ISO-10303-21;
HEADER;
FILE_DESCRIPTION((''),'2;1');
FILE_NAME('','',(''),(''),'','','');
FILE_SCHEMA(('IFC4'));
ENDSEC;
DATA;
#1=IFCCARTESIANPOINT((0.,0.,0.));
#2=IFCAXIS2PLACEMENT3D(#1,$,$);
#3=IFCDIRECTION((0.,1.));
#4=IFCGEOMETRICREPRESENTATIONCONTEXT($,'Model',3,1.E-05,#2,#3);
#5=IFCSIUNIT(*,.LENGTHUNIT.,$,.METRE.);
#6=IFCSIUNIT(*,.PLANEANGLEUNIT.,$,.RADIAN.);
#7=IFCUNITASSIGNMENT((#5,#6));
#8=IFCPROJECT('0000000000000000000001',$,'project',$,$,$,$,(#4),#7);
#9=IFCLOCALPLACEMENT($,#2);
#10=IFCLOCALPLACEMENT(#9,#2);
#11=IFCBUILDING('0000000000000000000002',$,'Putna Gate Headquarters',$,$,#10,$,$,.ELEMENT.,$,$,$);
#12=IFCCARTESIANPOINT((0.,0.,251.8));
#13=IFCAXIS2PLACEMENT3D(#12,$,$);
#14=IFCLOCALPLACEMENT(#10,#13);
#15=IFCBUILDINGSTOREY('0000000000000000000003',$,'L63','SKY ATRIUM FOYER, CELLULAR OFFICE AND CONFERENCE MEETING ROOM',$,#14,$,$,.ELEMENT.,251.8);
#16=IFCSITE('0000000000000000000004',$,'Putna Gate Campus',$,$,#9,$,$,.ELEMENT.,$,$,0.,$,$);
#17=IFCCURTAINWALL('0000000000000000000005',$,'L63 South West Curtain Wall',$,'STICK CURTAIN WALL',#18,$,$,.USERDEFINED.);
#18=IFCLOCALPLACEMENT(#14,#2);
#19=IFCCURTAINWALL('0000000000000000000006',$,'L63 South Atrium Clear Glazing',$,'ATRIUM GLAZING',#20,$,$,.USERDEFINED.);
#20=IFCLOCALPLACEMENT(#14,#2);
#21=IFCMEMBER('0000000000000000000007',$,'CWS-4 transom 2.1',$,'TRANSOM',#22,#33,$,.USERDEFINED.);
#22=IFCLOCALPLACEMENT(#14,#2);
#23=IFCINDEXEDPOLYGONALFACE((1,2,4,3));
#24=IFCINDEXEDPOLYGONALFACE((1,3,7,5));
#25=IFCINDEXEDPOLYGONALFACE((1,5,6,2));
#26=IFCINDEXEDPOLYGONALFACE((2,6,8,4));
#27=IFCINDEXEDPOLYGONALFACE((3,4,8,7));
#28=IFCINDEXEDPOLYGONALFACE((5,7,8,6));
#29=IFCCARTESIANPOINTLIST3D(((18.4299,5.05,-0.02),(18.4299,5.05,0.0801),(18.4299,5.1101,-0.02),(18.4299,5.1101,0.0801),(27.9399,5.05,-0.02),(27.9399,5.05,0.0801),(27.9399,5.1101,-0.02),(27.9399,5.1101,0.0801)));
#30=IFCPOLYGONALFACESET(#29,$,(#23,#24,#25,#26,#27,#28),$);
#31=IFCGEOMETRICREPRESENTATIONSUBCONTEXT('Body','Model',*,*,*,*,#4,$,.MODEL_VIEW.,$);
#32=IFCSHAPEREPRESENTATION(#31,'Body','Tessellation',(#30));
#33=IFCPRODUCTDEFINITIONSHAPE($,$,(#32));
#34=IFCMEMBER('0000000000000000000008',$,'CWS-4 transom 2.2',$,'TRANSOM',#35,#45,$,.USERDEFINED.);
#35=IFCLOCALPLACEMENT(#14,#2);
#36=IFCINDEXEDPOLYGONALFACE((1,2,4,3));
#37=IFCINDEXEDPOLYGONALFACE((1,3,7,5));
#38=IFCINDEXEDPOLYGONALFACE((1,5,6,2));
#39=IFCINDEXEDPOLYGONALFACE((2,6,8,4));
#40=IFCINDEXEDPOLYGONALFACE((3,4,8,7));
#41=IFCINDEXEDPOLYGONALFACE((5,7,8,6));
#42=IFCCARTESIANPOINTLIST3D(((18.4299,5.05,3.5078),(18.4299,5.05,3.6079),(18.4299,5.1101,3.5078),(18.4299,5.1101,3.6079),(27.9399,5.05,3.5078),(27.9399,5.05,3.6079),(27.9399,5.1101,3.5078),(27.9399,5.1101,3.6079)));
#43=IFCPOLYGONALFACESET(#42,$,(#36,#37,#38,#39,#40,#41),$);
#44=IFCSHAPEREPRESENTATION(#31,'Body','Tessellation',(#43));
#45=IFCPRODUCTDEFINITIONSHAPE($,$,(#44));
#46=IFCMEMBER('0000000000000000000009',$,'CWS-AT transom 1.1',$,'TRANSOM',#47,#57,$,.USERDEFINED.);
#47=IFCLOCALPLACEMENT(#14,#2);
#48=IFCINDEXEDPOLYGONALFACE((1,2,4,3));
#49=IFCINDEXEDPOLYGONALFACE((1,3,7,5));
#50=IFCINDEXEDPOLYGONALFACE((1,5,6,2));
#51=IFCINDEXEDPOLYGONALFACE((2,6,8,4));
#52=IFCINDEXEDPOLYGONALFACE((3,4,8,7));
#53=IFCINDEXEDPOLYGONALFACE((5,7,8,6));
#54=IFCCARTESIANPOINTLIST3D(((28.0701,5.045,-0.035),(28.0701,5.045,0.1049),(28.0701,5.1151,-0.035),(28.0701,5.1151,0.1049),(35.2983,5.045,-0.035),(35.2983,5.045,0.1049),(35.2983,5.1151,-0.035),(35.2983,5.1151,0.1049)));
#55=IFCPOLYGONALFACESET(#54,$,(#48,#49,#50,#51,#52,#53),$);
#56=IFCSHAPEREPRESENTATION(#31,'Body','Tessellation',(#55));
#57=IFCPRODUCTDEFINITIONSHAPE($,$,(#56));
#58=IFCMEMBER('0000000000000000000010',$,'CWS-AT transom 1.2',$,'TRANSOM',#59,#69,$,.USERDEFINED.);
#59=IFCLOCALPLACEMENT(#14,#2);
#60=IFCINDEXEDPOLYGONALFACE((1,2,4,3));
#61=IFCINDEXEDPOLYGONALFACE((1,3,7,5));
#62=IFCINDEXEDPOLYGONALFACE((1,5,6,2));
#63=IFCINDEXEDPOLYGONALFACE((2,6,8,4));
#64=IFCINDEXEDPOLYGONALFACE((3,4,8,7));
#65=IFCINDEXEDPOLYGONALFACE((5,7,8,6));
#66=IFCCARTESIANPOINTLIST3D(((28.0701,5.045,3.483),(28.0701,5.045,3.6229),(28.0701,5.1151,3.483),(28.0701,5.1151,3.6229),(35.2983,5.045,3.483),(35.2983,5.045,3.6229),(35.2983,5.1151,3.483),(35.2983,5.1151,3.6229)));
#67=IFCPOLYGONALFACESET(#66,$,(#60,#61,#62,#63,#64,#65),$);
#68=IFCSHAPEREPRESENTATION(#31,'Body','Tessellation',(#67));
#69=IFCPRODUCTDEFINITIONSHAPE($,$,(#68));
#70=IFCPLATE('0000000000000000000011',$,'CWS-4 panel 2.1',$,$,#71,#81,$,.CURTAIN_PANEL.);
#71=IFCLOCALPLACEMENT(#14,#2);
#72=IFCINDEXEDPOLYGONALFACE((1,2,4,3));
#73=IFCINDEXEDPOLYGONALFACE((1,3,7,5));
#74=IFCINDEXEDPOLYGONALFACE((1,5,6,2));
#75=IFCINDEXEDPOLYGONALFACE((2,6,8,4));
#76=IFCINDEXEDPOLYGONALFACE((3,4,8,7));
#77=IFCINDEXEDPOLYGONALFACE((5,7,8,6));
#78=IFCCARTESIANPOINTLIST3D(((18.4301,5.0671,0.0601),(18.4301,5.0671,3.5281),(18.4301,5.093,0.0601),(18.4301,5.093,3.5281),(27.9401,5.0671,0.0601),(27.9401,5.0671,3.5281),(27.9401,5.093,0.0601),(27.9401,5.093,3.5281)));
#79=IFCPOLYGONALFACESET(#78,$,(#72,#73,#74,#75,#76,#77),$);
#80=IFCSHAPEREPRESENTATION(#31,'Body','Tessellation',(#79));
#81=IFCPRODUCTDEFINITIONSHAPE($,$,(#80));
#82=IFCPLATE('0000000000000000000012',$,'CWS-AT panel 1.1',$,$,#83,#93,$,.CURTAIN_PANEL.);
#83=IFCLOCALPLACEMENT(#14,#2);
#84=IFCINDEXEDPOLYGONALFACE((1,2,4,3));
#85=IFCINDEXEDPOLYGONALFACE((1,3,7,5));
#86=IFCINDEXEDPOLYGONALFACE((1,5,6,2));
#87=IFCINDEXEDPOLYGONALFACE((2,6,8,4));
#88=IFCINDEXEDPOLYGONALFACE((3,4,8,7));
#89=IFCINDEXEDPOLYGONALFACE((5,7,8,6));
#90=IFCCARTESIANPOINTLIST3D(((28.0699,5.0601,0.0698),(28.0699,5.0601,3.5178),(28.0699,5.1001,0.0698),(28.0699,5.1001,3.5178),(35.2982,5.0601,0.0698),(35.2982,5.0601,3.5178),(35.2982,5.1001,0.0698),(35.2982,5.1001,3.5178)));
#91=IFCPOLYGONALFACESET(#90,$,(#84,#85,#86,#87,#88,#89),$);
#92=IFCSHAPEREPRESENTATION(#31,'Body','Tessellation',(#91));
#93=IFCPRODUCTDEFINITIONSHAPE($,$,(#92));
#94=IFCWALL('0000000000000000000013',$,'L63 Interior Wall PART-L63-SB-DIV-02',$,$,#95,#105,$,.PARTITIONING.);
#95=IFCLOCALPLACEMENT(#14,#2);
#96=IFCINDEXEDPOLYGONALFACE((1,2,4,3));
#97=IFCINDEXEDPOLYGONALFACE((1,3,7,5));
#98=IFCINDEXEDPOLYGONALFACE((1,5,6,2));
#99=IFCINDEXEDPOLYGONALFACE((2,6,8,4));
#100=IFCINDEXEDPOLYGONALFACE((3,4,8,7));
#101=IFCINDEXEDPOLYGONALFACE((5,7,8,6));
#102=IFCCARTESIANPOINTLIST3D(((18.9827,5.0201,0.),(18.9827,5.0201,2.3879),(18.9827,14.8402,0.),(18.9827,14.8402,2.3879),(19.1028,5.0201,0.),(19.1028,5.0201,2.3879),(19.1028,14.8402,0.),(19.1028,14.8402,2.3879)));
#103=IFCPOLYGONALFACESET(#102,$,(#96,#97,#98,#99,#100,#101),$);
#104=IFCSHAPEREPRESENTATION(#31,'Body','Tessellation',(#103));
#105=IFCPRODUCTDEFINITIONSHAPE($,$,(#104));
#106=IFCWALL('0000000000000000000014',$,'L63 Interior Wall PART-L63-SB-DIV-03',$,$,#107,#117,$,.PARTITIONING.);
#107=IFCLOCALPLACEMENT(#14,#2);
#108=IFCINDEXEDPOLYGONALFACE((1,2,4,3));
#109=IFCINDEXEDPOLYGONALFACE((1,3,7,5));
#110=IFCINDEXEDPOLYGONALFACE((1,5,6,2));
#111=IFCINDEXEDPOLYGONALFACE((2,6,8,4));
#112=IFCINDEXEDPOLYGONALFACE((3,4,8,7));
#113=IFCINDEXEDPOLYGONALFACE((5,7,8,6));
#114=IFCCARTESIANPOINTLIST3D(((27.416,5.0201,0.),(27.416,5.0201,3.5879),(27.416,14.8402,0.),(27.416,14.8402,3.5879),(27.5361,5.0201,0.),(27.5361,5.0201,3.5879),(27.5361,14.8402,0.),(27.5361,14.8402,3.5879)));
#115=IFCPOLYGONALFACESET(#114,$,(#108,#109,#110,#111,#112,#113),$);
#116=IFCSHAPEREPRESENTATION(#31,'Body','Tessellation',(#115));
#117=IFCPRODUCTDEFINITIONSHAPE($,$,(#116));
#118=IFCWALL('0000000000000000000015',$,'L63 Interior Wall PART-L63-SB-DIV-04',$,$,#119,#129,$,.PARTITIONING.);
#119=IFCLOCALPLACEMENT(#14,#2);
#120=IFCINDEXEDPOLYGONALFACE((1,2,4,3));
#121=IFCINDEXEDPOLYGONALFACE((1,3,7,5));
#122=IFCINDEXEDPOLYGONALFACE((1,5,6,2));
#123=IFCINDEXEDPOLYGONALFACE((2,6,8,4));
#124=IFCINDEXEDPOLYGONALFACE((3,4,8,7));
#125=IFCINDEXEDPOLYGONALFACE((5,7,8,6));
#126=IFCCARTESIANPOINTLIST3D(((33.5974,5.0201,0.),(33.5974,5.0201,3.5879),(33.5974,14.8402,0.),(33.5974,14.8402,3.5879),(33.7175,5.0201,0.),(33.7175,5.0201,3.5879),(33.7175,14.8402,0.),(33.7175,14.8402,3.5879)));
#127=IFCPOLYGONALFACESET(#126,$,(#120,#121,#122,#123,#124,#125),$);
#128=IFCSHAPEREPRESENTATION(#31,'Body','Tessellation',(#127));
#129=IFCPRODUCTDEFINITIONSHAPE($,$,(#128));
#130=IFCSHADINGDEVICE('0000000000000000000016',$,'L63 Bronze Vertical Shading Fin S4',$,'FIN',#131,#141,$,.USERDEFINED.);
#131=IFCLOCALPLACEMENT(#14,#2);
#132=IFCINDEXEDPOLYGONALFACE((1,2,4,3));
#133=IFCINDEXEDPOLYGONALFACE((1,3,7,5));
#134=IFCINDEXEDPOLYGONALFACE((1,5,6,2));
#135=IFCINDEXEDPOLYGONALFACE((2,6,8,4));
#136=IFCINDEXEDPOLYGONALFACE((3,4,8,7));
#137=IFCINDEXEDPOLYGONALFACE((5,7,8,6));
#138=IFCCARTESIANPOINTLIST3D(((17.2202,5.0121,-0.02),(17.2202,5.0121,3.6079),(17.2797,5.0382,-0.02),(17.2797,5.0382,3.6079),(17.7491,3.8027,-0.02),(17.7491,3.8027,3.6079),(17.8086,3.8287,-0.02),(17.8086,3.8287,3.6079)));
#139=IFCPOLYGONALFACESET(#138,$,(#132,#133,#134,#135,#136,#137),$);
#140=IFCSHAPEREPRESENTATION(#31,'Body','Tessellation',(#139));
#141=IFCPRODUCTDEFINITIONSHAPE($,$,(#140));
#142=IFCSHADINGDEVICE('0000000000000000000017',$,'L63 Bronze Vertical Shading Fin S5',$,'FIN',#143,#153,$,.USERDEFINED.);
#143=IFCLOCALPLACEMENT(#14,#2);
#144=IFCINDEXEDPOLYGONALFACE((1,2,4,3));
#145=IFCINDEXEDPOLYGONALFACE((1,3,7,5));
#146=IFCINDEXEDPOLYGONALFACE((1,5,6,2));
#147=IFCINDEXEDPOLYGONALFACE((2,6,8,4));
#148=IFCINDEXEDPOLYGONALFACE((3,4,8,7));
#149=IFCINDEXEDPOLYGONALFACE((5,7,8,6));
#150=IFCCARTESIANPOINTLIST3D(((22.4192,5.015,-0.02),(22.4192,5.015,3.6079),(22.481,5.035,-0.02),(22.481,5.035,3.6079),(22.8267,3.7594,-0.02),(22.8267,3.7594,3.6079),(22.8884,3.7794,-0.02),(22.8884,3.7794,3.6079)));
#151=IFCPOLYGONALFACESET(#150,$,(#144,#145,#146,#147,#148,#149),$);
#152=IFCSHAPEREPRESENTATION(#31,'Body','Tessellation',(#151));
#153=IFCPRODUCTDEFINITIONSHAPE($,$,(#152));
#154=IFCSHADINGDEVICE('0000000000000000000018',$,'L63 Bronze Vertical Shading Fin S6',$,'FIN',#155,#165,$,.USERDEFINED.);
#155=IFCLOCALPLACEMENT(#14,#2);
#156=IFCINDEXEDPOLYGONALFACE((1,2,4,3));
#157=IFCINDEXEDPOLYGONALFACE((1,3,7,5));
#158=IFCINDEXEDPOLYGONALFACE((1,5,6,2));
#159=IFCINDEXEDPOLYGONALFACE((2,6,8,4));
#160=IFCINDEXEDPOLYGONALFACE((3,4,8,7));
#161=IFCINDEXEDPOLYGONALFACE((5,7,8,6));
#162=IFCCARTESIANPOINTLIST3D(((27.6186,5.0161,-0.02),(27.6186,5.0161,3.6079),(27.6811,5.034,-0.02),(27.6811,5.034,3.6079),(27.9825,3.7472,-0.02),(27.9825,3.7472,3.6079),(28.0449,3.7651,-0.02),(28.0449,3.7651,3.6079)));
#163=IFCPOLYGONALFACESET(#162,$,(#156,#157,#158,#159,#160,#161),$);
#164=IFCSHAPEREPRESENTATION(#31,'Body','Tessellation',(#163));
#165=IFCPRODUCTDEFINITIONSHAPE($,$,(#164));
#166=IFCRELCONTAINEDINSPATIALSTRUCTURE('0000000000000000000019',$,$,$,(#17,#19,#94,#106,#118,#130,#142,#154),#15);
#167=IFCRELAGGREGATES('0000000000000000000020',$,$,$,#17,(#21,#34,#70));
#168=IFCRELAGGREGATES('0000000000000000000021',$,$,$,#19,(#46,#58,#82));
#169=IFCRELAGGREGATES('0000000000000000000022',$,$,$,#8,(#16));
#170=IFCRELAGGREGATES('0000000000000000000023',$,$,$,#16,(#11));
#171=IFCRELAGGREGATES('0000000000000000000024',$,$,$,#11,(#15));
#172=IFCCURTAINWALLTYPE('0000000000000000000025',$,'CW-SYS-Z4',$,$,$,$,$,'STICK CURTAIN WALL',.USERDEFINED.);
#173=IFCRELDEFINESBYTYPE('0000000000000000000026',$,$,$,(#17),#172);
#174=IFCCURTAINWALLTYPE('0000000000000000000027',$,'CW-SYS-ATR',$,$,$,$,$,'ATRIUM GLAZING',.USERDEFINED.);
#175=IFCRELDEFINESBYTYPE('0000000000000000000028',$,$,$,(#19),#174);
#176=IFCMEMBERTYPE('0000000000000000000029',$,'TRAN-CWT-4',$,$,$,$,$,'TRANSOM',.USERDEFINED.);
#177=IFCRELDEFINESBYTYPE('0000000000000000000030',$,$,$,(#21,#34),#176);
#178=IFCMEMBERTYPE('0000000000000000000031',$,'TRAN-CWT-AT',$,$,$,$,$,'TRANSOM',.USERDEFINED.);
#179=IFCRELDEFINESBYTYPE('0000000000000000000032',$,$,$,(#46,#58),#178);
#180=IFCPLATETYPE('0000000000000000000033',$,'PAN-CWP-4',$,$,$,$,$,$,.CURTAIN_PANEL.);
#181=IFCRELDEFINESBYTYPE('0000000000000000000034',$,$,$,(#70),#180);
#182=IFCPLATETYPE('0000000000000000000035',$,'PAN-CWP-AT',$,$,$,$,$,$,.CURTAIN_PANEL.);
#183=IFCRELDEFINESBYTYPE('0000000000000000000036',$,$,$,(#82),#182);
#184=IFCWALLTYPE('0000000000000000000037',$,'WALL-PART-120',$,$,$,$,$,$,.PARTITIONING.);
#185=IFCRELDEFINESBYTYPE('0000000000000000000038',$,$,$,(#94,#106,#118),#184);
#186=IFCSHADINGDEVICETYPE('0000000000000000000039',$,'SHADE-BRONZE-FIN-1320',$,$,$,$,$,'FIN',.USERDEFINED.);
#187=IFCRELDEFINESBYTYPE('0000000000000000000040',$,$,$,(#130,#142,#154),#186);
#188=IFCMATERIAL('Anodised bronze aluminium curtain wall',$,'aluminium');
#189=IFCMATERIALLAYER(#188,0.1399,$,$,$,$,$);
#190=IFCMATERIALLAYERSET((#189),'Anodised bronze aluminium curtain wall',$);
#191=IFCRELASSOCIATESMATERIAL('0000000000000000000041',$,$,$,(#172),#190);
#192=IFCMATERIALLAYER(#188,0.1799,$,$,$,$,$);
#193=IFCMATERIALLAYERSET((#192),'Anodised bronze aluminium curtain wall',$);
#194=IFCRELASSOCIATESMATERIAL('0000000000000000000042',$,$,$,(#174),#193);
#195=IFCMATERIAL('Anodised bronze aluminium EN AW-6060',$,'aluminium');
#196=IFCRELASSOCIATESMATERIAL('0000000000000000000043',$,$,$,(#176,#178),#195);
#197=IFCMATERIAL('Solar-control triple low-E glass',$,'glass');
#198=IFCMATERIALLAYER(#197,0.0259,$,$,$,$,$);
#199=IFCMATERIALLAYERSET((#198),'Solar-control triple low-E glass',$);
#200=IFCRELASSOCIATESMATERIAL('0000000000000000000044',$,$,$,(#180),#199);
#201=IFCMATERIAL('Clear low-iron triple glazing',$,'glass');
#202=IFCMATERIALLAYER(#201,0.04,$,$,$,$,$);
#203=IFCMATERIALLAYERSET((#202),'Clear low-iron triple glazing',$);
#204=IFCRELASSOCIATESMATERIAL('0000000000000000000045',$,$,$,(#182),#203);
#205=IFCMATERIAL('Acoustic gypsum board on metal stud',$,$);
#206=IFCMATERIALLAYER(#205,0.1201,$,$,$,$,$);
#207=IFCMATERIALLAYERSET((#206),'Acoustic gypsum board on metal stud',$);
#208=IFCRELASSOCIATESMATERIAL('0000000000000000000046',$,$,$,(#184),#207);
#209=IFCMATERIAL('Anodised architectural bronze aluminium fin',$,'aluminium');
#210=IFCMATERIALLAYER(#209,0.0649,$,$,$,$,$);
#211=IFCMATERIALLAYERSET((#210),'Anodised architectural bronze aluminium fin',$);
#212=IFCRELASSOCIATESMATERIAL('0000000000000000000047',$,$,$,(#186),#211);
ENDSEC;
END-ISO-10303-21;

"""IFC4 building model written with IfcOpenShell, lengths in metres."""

from ifc_helpers import new_model, si_unit, direction, frame, frame_2d, origin, origin_2d, place, context, subcontext, project, spatial, rectangle, extrude, material, layer, layer_set, material_profile, profile_set, type_object, element, aggregate, save


model = new_model("IFC4")

# Units and contexts
model_context = context("Model", 3, precision=1e-05, world=origin(), true_north=direction((0.0, 1.0)))
body_context = subcontext(model_context, "Body", "Model", "MODEL_VIEW")
ifc_project = project(units=[si_unit("LENGTHUNIT", "METRE"), si_unit("PLANEANGLEUNIT", "RADIAN")], contexts=[model_context])

# Site, building, storey
site_placement = place(None, origin())
site = spatial("IfcSite", under=ifc_project, at=site_placement, Name="Putna Gate Campus", CompositionType="ELEMENT", RefElevation=0.0)
building_placement = place(site_placement, origin())
building = spatial("IfcBuilding", under=site, at=building_placement, Name="Putna Gate Headquarters", CompositionType="ELEMENT")
storey_placement = place(building_placement, frame((0.0, 0.0, 251.8)))
storey = spatial("IfcBuildingStorey", under=building, at=storey_placement, Name="L63", Description="SKY ATRIUM FOYER, CELLULAR OFFICE AND CONFERENCE MEETING ROOM", CompositionType="ELEMENT", Elevation=251.8)

# Curtain wall
ifc_material_1 = material(Name="Anodised bronze aluminium curtain wall", Category="aluminium")
ifc_layer_1 = layer(ifc_material_1, 0.1399)
ifc_layer_set_1 = layer_set([ifc_layer_1], Name="Anodised bronze aluminium curtain wall")
curtain_wall_type_1 = type_object("IfcCurtainWallType", Name="CW-SYS-Z4", ElementType="STICK CURTAIN WALL", PredefinedType="USERDEFINED", material=ifc_layer_set_1)
curtain_wall_1_placement = place(storey_placement, origin())
curtain_wall_1 = element("IfcCurtainWall", 1, at=curtain_wall_1_placement, inside=storey, type_object=curtain_wall_type_1, Name="L63 South West Curtain Wall", ObjectType="STICK CURTAIN WALL", PredefinedType="USERDEFINED")
ifc_material_2 = material(Name="Anodised bronze aluminium EN AW-6060", Category="aluminium")

# Curtain wall
ifc_layer_2 = layer(ifc_material_1, 0.1799)
ifc_layer_set_2 = layer_set([ifc_layer_2], Name="Anodised bronze aluminium curtain wall")
curtain_wall_type_2 = type_object("IfcCurtainWallType", Name="CW-SYS-ATR", ElementType="ATRIUM GLAZING", PredefinedType="USERDEFINED", material=ifc_layer_set_2)
curtain_wall_2_placement = place(storey_placement, origin())
curtain_wall_2 = element("IfcCurtainWall", 2, at=curtain_wall_2_placement, inside=storey, type_object=curtain_wall_type_2, Name="L63 South Atrium Clear Glazing", ObjectType="ATRIUM GLAZING", PredefinedType="USERDEFINED")

# Members
ifc_material_profile_1 = material_profile(ifc_material_2, rectangle(XDim=0.0601, YDim=0.1001, at=origin_2d()), Name="Anodised bronze aluminium EN AW-6060")
ifc_profile_set_1 = profile_set([ifc_material_profile_1], Name="Anodised bronze aluminium EN AW-6060")
member_type_1 = type_object("IfcMemberType", Name="TRAN-CWT-4", ElementType="TRANSOM", PredefinedType="USERDEFINED", material=ifc_profile_set_1)
member_1_placement = place(storey_placement, frame((18.4299, 5.0801, 0.03), z_axis=(1.0, 0.0, 0.0), x_axis=(0.0, 1.0, 0.0)))
member_1 = element("IfcMember", 3, at=member_1_placement, type_object=member_type_1, Name="CWS-4 transom 2.1", ObjectType="TRANSOM", PredefinedType="USERDEFINED", context=body_context, shape_type="SweptSolid", body=[
    extrude(rectangle(XDim=0.0601, YDim=0.1001, at=origin_2d()), origin(), (0.0, 0.0, 1.0), 9.51),
])
member_2_placement = place(storey_placement, frame((18.4299, 5.0801, 3.5579), z_axis=(1.0, 0.0, 0.0), x_axis=(0.0, 1.0, 0.0)))
member_2 = element("IfcMember", 4, at=member_2_placement, type_object=member_type_1, Name="CWS-4 transom 2.2", ObjectType="TRANSOM", PredefinedType="USERDEFINED", context=body_context, shape_type="SweptSolid", body=[
    extrude(rectangle(XDim=0.0601, YDim=0.1001, at=origin_2d()), origin(), (0.0, 0.0, 1.0), 9.51),
])
ifc_material_profile_2 = material_profile(ifc_material_2, rectangle(XDim=0.0701, YDim=0.1399, at=origin_2d()), Name="Anodised bronze aluminium EN AW-6060")
ifc_profile_set_2 = profile_set([ifc_material_profile_2], Name="Anodised bronze aluminium EN AW-6060")
member_type_2 = type_object("IfcMemberType", Name="TRAN-CWT-AT", ElementType="TRANSOM", PredefinedType="USERDEFINED", material=ifc_profile_set_2)
member_3_placement = place(storey_placement, frame((28.0701, 5.0801, 0.0349), z_axis=(1.0, 0.0, 0.0), x_axis=(0.0, 1.0, 0.0)))
member_3 = element("IfcMember", 5, at=member_3_placement, type_object=member_type_2, Name="CWS-AT transom 1.1", ObjectType="TRANSOM", PredefinedType="USERDEFINED", context=body_context, shape_type="SweptSolid", body=[
    extrude(rectangle(XDim=0.0701, YDim=0.1399, at=origin_2d()), origin(), (0.0, 0.0, 1.0), 7.2283),
])
member_4_placement = place(storey_placement, frame((28.0701, 5.0801, 3.553), z_axis=(1.0, 0.0, 0.0), x_axis=(0.0, 1.0, 0.0)))
member_4 = element("IfcMember", 6, at=member_4_placement, type_object=member_type_2, Name="CWS-AT transom 1.2", ObjectType="TRANSOM", PredefinedType="USERDEFINED", context=body_context, shape_type="SweptSolid", body=[
    extrude(rectangle(XDim=0.0701, YDim=0.1399, at=origin_2d()), origin(), (0.0, 0.0, 1.0), 7.2283),
])

# Plates
ifc_material_3 = material(Name="Solar-control triple low-E glass", Category="glass")
ifc_layer_3 = layer(ifc_material_3, 0.0259)
ifc_layer_set_3 = layer_set([ifc_layer_3], Name="Solar-control triple low-E glass")
plate_type_1 = type_object("IfcPlateType", Name="PAN-CWP-4", PredefinedType="CURTAIN_PANEL", material=ifc_layer_set_3)
plate_1_placement = place(storey_placement, frame((23.1851, 5.0801, 0.0601), z_axis=(0.0, 0.0, 1.0), x_axis=(1.0, 0.0, 0.0)))
plate_1 = element("IfcPlate", 7, at=plate_1_placement, type_object=plate_type_1, Name="CWS-4 panel 2.1", PredefinedType="CURTAIN_PANEL", context=body_context, shape_type="SweptSolid", body=[
    extrude(rectangle(XDim=9.51, YDim=0.0259, at=origin_2d()), origin(), (0.0, 0.0, 1.0), 3.468),
])
aggregate(curtain_wall_1, [member_1, member_2, plate_1])
ifc_material_4 = material(Name="Clear low-iron triple glazing", Category="glass")
ifc_layer_4 = layer(ifc_material_4, 0.04)
ifc_layer_set_4 = layer_set([ifc_layer_4], Name="Clear low-iron triple glazing")
plate_type_2 = type_object("IfcPlateType", Name="PAN-CWP-AT", PredefinedType="CURTAIN_PANEL", material=ifc_layer_set_4)
plate_2_placement = place(storey_placement, frame((31.6841, 5.0801, 0.0698), z_axis=(0.0, 0.0, 1.0), x_axis=(1.0, 0.0, 0.0)))
plate_2 = element("IfcPlate", 8, at=plate_2_placement, type_object=plate_type_2, Name="CWS-AT panel 1.1", PredefinedType="CURTAIN_PANEL", context=body_context, shape_type="SweptSolid", body=[
    extrude(rectangle(XDim=7.2283, YDim=0.04, at=origin_2d()), origin(), (0.0, 0.0, 1.0), 3.448),
])
aggregate(curtain_wall_2, [member_3, member_4, plate_2])

# Walls
ifc_material_5 = material(Name="Acoustic gypsum board on metal stud")
ifc_layer_5 = layer(ifc_material_5, 0.1201)
ifc_layer_set_5 = layer_set([ifc_layer_5], Name="Acoustic gypsum board on metal stud")
wall_type = type_object("IfcWallType", Name="WALL-PART-120", PredefinedType="PARTITIONING", material=ifc_layer_set_5)
wall_placement = place(storey_placement, frame((19.0427, 5.02, 0.0), z_axis=(0.0, 0.0, 1.0), x_axis=(0.0, 1.0, 0.0)))
element("IfcWall", 9, at=wall_placement, inside=storey, type_object=wall_type, Name="L63 Interior Wall PART-L63-SB-DIV-02", PredefinedType="PARTITIONING", context=body_context, shape_type="SweptSolid", body=[
    extrude(rectangle(XDim=9.8201, YDim=0.1201, at=frame_2d((4.9102, 0.0))), origin(), (0.0, 0.0, 1.0), 2.3879),
])
for number, where, z_axis, x_axis, name in (
    (10, (27.4761, 5.02, 0.0), (0.0, 0.0, 1.0), (0.0, 1.0, 0.0), "L63 Interior Wall PART-L63-SB-DIV-03"),
    (11, (33.6575, 5.02, 0.0), (0.0, 0.0, 1.0), (0.0, 1.0, 0.0), "L63 Interior Wall PART-L63-SB-DIV-04"),
):
    element("IfcWall", number, at=place(storey_placement, frame(where, z_axis=z_axis, x_axis=x_axis)), inside=storey, type_object=wall_type, Name=name, PredefinedType="PARTITIONING", context=body_context, shape_type="SweptSolid", body=[
        extrude(rectangle(XDim=9.8201, YDim=0.1201, at=frame_2d((4.9102, 0.0))), origin(), (0.0, 0.0, 1.0), 3.5879),
    ])

# Shading devices
ifc_material_6 = material(Name="Anodised architectural bronze aluminium fin", Category="aluminium")
ifc_layer_6 = layer(ifc_material_6, 0.0649)
ifc_layer_set_6 = layer_set([ifc_layer_6], Name="Anodised architectural bronze aluminium fin")
shading_device_type = type_object("IfcShadingDeviceType", Name="SHADE-BRONZE-FIN-1320", ElementType="FIN", PredefinedType="USERDEFINED", material=ifc_layer_set_6)
for number, where, z_axis, x_axis, name in (
    (12, (17.5144, 4.4204, -0.02), (0.0, 0.0, 1.0), (0.400669, -0.916223, 0.0), "L63 Bronze Vertical Shading Fin S4"),
    (13, (22.6538, 4.3972, -0.02), (0.0, 0.0, 1.0), (0.308685, -0.951164, 0.0), "L63 Bronze Vertical Shading Fin S5"),
    (14, (27.8318, 4.3906, -0.02), (0.0, 0.0, 1.0), (0.275637, -0.961262, 0.0), "L63 Bronze Vertical Shading Fin S6"),
):
    element("IfcShadingDevice", number, at=place(storey_placement, frame(where, z_axis=z_axis, x_axis=x_axis)), inside=storey, type_object=shading_device_type, Name=name, ObjectType="FIN", PredefinedType="USERDEFINED", context=body_context, shape_type="SweptSolid", body=[
        extrude(rectangle(XDim=1.3201, YDim=0.0649, at=origin_2d()), origin(), (0.0, 0.0, 1.0), 3.6279),
    ])

save(model, "model.ifc")
